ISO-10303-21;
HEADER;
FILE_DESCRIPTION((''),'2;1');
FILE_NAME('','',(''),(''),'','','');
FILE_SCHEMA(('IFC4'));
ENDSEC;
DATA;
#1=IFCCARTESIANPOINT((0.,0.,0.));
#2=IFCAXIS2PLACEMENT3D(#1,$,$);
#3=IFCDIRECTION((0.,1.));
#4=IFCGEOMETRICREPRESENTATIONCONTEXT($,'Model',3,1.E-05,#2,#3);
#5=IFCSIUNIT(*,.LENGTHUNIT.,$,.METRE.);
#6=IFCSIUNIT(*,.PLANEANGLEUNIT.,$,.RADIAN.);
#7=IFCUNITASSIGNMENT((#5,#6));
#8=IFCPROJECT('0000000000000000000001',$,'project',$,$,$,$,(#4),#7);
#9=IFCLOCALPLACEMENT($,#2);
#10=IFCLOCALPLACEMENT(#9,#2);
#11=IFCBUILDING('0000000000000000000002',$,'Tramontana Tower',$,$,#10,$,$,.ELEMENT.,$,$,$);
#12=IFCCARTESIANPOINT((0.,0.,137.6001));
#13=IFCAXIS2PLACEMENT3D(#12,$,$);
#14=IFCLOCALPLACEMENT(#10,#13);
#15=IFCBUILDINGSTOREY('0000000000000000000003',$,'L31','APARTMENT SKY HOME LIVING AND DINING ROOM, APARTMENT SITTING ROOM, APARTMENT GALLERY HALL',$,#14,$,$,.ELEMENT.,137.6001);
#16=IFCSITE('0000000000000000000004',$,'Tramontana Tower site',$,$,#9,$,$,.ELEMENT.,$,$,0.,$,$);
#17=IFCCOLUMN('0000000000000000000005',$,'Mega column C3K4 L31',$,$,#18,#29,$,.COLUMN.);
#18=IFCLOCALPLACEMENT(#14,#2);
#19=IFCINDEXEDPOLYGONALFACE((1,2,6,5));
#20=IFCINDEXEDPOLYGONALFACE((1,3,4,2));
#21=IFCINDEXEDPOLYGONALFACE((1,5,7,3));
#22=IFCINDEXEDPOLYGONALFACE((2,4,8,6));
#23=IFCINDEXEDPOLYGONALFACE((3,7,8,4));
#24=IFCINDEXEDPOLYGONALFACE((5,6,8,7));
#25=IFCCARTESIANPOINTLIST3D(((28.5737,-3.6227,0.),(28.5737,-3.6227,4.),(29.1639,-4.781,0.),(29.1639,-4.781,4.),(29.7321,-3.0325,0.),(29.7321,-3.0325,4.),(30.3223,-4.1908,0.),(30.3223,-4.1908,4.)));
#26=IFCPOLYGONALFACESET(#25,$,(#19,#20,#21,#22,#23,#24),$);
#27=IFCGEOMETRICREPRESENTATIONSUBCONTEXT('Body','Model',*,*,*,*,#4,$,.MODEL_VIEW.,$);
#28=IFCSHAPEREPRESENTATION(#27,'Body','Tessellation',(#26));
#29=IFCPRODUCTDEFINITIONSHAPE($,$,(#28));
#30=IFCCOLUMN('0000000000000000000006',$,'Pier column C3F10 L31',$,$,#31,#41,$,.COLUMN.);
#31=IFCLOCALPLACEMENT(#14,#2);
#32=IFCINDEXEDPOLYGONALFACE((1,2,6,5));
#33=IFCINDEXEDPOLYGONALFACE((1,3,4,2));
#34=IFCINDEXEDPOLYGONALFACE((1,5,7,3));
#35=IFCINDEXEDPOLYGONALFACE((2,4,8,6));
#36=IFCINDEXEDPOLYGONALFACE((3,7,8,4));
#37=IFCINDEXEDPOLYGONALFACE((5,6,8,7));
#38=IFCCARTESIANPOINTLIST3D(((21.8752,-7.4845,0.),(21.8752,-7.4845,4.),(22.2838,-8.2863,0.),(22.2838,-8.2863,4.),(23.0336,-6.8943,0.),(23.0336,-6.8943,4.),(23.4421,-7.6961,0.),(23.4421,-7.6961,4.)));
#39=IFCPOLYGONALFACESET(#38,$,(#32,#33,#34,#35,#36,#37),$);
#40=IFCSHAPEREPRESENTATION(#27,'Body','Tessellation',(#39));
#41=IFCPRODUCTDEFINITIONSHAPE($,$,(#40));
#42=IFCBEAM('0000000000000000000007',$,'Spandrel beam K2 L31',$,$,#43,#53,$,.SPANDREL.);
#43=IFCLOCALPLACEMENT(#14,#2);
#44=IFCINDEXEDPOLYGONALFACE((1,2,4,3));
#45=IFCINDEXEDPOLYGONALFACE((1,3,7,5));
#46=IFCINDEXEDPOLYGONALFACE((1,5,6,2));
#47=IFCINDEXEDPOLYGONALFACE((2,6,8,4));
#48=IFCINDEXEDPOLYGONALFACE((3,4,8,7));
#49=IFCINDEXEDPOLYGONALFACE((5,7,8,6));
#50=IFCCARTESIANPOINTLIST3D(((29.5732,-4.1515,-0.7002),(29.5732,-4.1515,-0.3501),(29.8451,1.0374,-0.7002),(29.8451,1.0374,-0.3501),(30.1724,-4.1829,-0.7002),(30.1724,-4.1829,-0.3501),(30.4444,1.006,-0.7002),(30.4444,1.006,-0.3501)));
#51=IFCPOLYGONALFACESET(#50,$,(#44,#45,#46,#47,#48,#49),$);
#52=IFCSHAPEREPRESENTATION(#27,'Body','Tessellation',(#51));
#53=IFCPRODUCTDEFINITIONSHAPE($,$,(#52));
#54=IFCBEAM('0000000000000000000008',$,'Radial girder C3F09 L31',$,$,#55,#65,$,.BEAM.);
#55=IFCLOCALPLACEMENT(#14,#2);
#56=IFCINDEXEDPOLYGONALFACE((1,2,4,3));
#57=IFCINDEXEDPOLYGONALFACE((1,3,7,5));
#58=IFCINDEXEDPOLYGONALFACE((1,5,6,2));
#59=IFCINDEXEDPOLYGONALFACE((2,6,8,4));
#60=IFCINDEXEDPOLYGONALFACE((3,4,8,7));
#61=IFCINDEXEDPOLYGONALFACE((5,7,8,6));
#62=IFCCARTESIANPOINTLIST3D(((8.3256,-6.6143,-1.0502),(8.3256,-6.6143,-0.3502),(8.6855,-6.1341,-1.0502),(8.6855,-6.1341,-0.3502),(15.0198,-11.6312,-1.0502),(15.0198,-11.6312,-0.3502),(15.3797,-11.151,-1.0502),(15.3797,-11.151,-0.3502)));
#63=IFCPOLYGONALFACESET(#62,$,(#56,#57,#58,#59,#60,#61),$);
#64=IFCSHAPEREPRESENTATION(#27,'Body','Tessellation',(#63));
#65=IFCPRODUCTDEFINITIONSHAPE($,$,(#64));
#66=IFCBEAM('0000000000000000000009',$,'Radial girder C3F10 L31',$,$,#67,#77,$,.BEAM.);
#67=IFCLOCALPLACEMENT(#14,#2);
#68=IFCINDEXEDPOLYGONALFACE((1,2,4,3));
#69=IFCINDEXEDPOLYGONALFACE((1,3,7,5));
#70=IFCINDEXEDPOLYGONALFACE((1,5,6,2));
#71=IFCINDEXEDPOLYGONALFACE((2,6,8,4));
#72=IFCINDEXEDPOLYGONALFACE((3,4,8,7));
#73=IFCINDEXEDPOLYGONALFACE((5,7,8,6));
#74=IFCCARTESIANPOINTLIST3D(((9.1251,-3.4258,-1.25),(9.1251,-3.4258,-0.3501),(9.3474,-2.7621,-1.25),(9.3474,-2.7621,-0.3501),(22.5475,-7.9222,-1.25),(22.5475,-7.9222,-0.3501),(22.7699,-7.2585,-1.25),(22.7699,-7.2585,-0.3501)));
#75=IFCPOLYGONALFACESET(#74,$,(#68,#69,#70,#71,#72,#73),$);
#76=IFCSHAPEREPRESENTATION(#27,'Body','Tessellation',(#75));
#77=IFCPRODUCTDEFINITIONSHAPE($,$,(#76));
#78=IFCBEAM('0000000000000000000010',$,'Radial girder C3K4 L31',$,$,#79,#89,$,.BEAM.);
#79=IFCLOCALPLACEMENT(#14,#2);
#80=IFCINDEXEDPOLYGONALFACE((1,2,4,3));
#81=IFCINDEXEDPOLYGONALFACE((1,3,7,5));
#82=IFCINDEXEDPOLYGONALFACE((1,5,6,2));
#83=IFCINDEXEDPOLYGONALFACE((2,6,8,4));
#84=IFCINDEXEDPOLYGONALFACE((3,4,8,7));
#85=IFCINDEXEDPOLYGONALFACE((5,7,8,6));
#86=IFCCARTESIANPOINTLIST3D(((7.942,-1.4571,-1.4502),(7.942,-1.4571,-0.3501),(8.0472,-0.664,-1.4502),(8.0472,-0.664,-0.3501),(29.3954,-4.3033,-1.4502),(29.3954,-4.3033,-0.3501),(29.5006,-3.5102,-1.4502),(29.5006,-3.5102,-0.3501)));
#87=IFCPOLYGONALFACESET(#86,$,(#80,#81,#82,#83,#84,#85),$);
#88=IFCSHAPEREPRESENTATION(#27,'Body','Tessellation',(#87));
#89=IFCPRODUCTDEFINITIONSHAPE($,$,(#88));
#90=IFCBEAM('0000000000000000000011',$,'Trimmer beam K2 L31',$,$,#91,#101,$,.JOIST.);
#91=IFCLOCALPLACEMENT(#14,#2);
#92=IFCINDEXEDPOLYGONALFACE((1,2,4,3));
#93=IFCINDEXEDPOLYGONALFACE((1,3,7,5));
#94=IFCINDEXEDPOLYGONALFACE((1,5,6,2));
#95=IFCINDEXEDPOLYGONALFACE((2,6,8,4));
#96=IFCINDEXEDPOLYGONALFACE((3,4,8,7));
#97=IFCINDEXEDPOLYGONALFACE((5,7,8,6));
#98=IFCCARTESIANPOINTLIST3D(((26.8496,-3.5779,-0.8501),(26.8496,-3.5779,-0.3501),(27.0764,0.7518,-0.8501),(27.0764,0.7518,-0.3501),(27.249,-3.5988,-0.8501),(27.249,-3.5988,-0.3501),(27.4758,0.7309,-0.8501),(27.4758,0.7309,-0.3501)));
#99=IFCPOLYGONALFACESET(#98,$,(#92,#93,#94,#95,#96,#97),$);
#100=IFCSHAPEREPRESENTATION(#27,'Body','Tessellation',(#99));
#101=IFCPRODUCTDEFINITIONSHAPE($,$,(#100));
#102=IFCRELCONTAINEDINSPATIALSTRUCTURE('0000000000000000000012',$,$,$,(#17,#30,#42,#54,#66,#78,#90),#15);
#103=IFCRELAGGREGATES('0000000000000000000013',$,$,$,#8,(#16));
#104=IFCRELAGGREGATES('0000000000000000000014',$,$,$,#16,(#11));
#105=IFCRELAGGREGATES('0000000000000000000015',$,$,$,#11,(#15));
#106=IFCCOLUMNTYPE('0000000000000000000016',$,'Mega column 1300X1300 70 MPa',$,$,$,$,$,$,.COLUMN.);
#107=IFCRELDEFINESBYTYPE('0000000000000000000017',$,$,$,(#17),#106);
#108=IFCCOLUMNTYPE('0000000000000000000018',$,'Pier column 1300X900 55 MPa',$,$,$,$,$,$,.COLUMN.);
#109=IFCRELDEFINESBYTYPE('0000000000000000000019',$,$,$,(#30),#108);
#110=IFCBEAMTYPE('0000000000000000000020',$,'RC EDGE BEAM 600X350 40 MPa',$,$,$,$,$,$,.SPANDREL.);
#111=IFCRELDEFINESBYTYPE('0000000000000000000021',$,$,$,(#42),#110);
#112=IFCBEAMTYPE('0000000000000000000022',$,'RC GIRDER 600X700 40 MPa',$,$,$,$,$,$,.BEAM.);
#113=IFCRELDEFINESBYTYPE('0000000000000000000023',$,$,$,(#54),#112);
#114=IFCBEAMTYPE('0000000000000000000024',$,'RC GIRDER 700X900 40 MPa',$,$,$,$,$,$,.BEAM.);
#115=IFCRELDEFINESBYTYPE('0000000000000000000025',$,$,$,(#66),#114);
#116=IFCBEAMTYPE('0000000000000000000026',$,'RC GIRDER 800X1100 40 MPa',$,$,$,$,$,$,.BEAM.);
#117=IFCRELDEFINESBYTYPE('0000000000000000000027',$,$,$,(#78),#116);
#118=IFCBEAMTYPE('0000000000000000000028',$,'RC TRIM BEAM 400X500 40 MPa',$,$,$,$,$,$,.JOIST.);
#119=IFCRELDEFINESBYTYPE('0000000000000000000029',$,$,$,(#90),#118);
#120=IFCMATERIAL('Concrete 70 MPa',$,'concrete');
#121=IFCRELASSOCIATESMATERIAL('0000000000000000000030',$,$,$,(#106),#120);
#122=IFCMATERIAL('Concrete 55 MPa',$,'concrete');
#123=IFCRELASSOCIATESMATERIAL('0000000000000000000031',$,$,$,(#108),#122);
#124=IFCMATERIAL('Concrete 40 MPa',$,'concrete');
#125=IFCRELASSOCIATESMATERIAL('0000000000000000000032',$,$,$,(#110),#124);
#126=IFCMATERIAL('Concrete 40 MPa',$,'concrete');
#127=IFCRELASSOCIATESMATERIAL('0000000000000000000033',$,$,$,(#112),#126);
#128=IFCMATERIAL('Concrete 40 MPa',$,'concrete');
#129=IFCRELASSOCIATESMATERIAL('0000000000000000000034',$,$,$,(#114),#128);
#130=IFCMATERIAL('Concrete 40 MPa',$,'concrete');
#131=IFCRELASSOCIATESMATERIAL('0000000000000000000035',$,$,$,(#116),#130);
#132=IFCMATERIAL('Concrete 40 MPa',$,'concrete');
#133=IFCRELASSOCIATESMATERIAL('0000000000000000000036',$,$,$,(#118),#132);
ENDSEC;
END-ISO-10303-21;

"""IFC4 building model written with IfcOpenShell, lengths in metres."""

from ifc_helpers import new_model, si_unit, direction, frame, origin, origin_2d, place, context, subcontext, project, spatial, rectangle, extrude, material, material_profile, profile_set, type_object, element, save


model = new_model("IFC4")

# Units and contexts
model_context = context("Model", 3, precision=1e-05, world=origin(), true_north=direction((0.0, 1.0)))
body_context = subcontext(model_context, "Body", "Model", "MODEL_VIEW")
ifc_project = project(units=[si_unit("LENGTHUNIT", "METRE"), si_unit("PLANEANGLEUNIT", "RADIAN")], contexts=[model_context])

# Site, building, storey
site_placement = place(None, origin())
site = spatial("IfcSite", under=ifc_project, at=site_placement, Name="Tramontana Tower site", CompositionType="ELEMENT", RefElevation=0.0)
building_placement = place(site_placement, origin())
building = spatial("IfcBuilding", under=site, at=building_placement, Name="Tramontana Tower", CompositionType="ELEMENT")
storey_placement = place(building_placement, frame((0.0, 0.0, 137.6001)))
storey = spatial("IfcBuildingStorey", under=building, at=storey_placement, Name="L31", Description="APARTMENT SKY HOME LIVING AND DINING ROOM, APARTMENT SITTING ROOM, APARTMENT GALLERY HALL", CompositionType="ELEMENT", Elevation=137.6001)

# Columns
ifc_material_1 = material(Name="Concrete 70 MPa", Category="concrete")
ifc_material_profile_1 = material_profile(ifc_material_1, rectangle(XDim=1.3, YDim=1.3, at=origin_2d()), Name="Mega column 1300X1300 70 MPa")
ifc_profile_set_1 = profile_set([ifc_material_profile_1], Name="Concrete 70 MPa")
column_type_1 = type_object("IfcColumnType", Name="Mega column 1300X1300 70 MPa", PredefinedType="COLUMN", material=ifc_profile_set_1)
column_1_placement = place(storey_placement, frame((29.448, -3.9067, 0.0), z_axis=(0.0, 0.0, 1.0), x_axis=(0.891007, 0.45399, 0.0)))
element("IfcColumn", 1, at=column_1_placement, inside=storey, type_object=column_type_1, Name="Mega column C3K4 L31", PredefinedType="COLUMN", context=body_context, shape_type="SweptSolid", body=[
    extrude(rectangle(XDim=1.3, YDim=1.3, at=origin_2d()), origin(), (0.0, 0.0, 1.0), 4.0),
])
ifc_material_2 = material(Name="Concrete 55 MPa", Category="concrete")
ifc_material_profile_2 = material_profile(ifc_material_2, rectangle(XDim=1.3, YDim=0.8999, at=origin_2d()), Name="Pier column 1300X900 55 MPa")
ifc_profile_set_2 = profile_set([ifc_material_profile_2], Name="Concrete 55 MPa")
column_type_2 = type_object("IfcColumnType", Name="Pier column 1300X900 55 MPa", PredefinedType="COLUMN", material=ifc_profile_set_2)
column_2_placement = place(storey_placement, frame((22.6587, -7.5903, 0.0), z_axis=(0.0, 0.0, 1.0), x_axis=(0.891007, 0.45399, 0.0)))
element("IfcColumn", 2, at=column_2_placement, inside=storey, type_object=column_type_2, Name="Pier column C3F10 L31", PredefinedType="COLUMN", context=body_context, shape_type="SweptSolid", body=[
    extrude(rectangle(XDim=1.3, YDim=0.8999, at=origin_2d()), origin(), (0.0, 0.0, 1.0), 4.0),
])

# Beams
ifc_material_3 = material(Name="Concrete 40 MPa", Category="concrete")
ifc_material_profile_3 = material_profile(ifc_material_3, rectangle(XDim=0.6001, YDim=0.3501, at=origin_2d()), Name="RC EDGE BEAM 600X350 40 MPa")
ifc_profile_set_3 = profile_set([ifc_material_profile_3], Name="Concrete 40 MPa")
beam_type_1 = type_object("IfcBeamType", Name="RC EDGE BEAM 600X350 40 MPa", PredefinedType="SPANDREL", material=ifc_profile_set_3)
beam_1_placement = place(storey_placement, frame((29.8728, -4.1672, -0.5251), z_axis=(0.052342, 0.998629, 0.0), x_axis=(-0.998629, 0.052342, 0.0)))
element("IfcBeam", 3, at=beam_1_placement, inside=storey, type_object=beam_type_1, Name="Spandrel beam K2 L31", PredefinedType="SPANDREL", context=body_context, shape_type="SweptSolid", body=[
    extrude(rectangle(XDim=0.6001, YDim=0.3501, at=origin_2d()), origin(), (0.0, 0.0, 1.0), 5.196),
])
ifc_material_4 = material(Name="Concrete 40 MPa", Category="concrete")
ifc_material_profile_4 = material_profile(ifc_material_4, rectangle(XDim=0.6001, YDim=0.7, at=origin_2d()), Name="RC GIRDER 600X700 40 MPa")
ifc_profile_set_4 = profile_set([ifc_material_profile_4], Name="Concrete 40 MPa")
beam_type_2 = type_object("IfcBeamType", Name="RC GIRDER 600X700 40 MPa", PredefinedType="BEAM", material=ifc_profile_set_4)
beam_2_placement = place(storey_placement, frame((15.1997, -11.3911, -0.7002), z_axis=(-0.800214, 0.599715, 0.0), x_axis=(-0.599715, -0.800214, 0.0)))
element("IfcBeam", 4, at=beam_2_placement, inside=storey, type_object=beam_type_2, Name="Radial girder C3F09 L31", PredefinedType="BEAM", context=body_context, shape_type="SweptSolid", body=[
    extrude(rectangle(XDim=0.6001, YDim=0.7, at=origin_2d()), origin(), (0.0, 0.0, 1.0), 8.3655),
])
ifc_material_5 = material(Name="Concrete 40 MPa", Category="concrete")
ifc_material_profile_5 = material_profile(ifc_material_5, rectangle(XDim=0.7, YDim=0.8999, at=origin_2d()), Name="RC GIRDER 700X900 40 MPa")
ifc_profile_set_5 = profile_set([ifc_material_profile_5], Name="Concrete 40 MPa")
beam_type_3 = type_object("IfcBeamType", Name="RC GIRDER 700X900 40 MPa", PredefinedType="BEAM", material=ifc_profile_set_5)
beam_3_placement = place(storey_placement, frame((22.6587, -7.5903, -0.8), z_axis=(-0.948211, 0.31764, 0.0), x_axis=(-0.31764, -0.948211, 0.0)))
element("IfcBeam", 5, at=beam_3_placement, inside=storey, type_object=beam_type_3, Name="Radial girder C3F10 L31", PredefinedType="BEAM", context=body_context, shape_type="SweptSolid", body=[
    extrude(rectangle(XDim=0.7, YDim=0.8999, at=origin_2d()), origin(), (0.0, 0.0, 1.0), 14.1555),
])
ifc_material_6 = material(Name="Concrete 40 MPa", Category="concrete")
ifc_material_profile_6 = material_profile(ifc_material_6, rectangle(XDim=0.8, YDim=1.1001, at=origin_2d()), Name="RC GIRDER 800X1100 40 MPa")
ifc_profile_set_6 = profile_set([ifc_material_profile_6], Name="Concrete 40 MPa")
beam_type_4 = type_object("IfcBeamType", Name="RC GIRDER 800X1100 40 MPa", PredefinedType="BEAM", material=ifc_profile_set_6)
beam_4_placement = place(storey_placement, frame((29.448, -3.9067, -0.9001), z_axis=(-0.991314, 0.131516, 0.0), x_axis=(-0.131516, -0.991314, 0.0)))
element("IfcBeam", 6, at=beam_4_placement, inside=storey, type_object=beam_type_4, Name="Radial girder C3K4 L31", PredefinedType="BEAM", context=body_context, shape_type="SweptSolid", body=[
    extrude(rectangle(XDim=0.8, YDim=1.1001, at=origin_2d()), origin(), (0.0, 0.0, 1.0), 21.6414),
])
ifc_material_7 = material(Name="Concrete 40 MPa", Category="concrete")
ifc_material_profile_7 = material_profile(ifc_material_7, rectangle(XDim=0.3999, YDim=0.5, at=origin_2d()), Name="RC TRIM BEAM 400X500 40 MPa")
ifc_profile_set_7 = profile_set([ifc_material_profile_7], Name="Concrete 40 MPa")
beam_type_5 = type_object("IfcBeamType", Name="RC TRIM BEAM 400X500 40 MPa", PredefinedType="JOIST", material=ifc_profile_set_7)
beam_5_placement = place(storey_placement, frame((27.0493, -3.5884, -0.6001), z_axis=(0.052311, 0.998631, 0.0), x_axis=(-0.998631, 0.052311, 0.0)))
element("IfcBeam", 7, at=beam_5_placement, inside=storey, type_object=beam_type_5, Name="Trimmer beam K2 L31", PredefinedType="JOIST", context=body_context, shape_type="SweptSolid", body=[
    extrude(rectangle(XDim=0.3999, YDim=0.5, at=origin_2d()), origin(), (0.0, 0.0, 1.0), 4.3357),
])

save(model, "model.ifc")
